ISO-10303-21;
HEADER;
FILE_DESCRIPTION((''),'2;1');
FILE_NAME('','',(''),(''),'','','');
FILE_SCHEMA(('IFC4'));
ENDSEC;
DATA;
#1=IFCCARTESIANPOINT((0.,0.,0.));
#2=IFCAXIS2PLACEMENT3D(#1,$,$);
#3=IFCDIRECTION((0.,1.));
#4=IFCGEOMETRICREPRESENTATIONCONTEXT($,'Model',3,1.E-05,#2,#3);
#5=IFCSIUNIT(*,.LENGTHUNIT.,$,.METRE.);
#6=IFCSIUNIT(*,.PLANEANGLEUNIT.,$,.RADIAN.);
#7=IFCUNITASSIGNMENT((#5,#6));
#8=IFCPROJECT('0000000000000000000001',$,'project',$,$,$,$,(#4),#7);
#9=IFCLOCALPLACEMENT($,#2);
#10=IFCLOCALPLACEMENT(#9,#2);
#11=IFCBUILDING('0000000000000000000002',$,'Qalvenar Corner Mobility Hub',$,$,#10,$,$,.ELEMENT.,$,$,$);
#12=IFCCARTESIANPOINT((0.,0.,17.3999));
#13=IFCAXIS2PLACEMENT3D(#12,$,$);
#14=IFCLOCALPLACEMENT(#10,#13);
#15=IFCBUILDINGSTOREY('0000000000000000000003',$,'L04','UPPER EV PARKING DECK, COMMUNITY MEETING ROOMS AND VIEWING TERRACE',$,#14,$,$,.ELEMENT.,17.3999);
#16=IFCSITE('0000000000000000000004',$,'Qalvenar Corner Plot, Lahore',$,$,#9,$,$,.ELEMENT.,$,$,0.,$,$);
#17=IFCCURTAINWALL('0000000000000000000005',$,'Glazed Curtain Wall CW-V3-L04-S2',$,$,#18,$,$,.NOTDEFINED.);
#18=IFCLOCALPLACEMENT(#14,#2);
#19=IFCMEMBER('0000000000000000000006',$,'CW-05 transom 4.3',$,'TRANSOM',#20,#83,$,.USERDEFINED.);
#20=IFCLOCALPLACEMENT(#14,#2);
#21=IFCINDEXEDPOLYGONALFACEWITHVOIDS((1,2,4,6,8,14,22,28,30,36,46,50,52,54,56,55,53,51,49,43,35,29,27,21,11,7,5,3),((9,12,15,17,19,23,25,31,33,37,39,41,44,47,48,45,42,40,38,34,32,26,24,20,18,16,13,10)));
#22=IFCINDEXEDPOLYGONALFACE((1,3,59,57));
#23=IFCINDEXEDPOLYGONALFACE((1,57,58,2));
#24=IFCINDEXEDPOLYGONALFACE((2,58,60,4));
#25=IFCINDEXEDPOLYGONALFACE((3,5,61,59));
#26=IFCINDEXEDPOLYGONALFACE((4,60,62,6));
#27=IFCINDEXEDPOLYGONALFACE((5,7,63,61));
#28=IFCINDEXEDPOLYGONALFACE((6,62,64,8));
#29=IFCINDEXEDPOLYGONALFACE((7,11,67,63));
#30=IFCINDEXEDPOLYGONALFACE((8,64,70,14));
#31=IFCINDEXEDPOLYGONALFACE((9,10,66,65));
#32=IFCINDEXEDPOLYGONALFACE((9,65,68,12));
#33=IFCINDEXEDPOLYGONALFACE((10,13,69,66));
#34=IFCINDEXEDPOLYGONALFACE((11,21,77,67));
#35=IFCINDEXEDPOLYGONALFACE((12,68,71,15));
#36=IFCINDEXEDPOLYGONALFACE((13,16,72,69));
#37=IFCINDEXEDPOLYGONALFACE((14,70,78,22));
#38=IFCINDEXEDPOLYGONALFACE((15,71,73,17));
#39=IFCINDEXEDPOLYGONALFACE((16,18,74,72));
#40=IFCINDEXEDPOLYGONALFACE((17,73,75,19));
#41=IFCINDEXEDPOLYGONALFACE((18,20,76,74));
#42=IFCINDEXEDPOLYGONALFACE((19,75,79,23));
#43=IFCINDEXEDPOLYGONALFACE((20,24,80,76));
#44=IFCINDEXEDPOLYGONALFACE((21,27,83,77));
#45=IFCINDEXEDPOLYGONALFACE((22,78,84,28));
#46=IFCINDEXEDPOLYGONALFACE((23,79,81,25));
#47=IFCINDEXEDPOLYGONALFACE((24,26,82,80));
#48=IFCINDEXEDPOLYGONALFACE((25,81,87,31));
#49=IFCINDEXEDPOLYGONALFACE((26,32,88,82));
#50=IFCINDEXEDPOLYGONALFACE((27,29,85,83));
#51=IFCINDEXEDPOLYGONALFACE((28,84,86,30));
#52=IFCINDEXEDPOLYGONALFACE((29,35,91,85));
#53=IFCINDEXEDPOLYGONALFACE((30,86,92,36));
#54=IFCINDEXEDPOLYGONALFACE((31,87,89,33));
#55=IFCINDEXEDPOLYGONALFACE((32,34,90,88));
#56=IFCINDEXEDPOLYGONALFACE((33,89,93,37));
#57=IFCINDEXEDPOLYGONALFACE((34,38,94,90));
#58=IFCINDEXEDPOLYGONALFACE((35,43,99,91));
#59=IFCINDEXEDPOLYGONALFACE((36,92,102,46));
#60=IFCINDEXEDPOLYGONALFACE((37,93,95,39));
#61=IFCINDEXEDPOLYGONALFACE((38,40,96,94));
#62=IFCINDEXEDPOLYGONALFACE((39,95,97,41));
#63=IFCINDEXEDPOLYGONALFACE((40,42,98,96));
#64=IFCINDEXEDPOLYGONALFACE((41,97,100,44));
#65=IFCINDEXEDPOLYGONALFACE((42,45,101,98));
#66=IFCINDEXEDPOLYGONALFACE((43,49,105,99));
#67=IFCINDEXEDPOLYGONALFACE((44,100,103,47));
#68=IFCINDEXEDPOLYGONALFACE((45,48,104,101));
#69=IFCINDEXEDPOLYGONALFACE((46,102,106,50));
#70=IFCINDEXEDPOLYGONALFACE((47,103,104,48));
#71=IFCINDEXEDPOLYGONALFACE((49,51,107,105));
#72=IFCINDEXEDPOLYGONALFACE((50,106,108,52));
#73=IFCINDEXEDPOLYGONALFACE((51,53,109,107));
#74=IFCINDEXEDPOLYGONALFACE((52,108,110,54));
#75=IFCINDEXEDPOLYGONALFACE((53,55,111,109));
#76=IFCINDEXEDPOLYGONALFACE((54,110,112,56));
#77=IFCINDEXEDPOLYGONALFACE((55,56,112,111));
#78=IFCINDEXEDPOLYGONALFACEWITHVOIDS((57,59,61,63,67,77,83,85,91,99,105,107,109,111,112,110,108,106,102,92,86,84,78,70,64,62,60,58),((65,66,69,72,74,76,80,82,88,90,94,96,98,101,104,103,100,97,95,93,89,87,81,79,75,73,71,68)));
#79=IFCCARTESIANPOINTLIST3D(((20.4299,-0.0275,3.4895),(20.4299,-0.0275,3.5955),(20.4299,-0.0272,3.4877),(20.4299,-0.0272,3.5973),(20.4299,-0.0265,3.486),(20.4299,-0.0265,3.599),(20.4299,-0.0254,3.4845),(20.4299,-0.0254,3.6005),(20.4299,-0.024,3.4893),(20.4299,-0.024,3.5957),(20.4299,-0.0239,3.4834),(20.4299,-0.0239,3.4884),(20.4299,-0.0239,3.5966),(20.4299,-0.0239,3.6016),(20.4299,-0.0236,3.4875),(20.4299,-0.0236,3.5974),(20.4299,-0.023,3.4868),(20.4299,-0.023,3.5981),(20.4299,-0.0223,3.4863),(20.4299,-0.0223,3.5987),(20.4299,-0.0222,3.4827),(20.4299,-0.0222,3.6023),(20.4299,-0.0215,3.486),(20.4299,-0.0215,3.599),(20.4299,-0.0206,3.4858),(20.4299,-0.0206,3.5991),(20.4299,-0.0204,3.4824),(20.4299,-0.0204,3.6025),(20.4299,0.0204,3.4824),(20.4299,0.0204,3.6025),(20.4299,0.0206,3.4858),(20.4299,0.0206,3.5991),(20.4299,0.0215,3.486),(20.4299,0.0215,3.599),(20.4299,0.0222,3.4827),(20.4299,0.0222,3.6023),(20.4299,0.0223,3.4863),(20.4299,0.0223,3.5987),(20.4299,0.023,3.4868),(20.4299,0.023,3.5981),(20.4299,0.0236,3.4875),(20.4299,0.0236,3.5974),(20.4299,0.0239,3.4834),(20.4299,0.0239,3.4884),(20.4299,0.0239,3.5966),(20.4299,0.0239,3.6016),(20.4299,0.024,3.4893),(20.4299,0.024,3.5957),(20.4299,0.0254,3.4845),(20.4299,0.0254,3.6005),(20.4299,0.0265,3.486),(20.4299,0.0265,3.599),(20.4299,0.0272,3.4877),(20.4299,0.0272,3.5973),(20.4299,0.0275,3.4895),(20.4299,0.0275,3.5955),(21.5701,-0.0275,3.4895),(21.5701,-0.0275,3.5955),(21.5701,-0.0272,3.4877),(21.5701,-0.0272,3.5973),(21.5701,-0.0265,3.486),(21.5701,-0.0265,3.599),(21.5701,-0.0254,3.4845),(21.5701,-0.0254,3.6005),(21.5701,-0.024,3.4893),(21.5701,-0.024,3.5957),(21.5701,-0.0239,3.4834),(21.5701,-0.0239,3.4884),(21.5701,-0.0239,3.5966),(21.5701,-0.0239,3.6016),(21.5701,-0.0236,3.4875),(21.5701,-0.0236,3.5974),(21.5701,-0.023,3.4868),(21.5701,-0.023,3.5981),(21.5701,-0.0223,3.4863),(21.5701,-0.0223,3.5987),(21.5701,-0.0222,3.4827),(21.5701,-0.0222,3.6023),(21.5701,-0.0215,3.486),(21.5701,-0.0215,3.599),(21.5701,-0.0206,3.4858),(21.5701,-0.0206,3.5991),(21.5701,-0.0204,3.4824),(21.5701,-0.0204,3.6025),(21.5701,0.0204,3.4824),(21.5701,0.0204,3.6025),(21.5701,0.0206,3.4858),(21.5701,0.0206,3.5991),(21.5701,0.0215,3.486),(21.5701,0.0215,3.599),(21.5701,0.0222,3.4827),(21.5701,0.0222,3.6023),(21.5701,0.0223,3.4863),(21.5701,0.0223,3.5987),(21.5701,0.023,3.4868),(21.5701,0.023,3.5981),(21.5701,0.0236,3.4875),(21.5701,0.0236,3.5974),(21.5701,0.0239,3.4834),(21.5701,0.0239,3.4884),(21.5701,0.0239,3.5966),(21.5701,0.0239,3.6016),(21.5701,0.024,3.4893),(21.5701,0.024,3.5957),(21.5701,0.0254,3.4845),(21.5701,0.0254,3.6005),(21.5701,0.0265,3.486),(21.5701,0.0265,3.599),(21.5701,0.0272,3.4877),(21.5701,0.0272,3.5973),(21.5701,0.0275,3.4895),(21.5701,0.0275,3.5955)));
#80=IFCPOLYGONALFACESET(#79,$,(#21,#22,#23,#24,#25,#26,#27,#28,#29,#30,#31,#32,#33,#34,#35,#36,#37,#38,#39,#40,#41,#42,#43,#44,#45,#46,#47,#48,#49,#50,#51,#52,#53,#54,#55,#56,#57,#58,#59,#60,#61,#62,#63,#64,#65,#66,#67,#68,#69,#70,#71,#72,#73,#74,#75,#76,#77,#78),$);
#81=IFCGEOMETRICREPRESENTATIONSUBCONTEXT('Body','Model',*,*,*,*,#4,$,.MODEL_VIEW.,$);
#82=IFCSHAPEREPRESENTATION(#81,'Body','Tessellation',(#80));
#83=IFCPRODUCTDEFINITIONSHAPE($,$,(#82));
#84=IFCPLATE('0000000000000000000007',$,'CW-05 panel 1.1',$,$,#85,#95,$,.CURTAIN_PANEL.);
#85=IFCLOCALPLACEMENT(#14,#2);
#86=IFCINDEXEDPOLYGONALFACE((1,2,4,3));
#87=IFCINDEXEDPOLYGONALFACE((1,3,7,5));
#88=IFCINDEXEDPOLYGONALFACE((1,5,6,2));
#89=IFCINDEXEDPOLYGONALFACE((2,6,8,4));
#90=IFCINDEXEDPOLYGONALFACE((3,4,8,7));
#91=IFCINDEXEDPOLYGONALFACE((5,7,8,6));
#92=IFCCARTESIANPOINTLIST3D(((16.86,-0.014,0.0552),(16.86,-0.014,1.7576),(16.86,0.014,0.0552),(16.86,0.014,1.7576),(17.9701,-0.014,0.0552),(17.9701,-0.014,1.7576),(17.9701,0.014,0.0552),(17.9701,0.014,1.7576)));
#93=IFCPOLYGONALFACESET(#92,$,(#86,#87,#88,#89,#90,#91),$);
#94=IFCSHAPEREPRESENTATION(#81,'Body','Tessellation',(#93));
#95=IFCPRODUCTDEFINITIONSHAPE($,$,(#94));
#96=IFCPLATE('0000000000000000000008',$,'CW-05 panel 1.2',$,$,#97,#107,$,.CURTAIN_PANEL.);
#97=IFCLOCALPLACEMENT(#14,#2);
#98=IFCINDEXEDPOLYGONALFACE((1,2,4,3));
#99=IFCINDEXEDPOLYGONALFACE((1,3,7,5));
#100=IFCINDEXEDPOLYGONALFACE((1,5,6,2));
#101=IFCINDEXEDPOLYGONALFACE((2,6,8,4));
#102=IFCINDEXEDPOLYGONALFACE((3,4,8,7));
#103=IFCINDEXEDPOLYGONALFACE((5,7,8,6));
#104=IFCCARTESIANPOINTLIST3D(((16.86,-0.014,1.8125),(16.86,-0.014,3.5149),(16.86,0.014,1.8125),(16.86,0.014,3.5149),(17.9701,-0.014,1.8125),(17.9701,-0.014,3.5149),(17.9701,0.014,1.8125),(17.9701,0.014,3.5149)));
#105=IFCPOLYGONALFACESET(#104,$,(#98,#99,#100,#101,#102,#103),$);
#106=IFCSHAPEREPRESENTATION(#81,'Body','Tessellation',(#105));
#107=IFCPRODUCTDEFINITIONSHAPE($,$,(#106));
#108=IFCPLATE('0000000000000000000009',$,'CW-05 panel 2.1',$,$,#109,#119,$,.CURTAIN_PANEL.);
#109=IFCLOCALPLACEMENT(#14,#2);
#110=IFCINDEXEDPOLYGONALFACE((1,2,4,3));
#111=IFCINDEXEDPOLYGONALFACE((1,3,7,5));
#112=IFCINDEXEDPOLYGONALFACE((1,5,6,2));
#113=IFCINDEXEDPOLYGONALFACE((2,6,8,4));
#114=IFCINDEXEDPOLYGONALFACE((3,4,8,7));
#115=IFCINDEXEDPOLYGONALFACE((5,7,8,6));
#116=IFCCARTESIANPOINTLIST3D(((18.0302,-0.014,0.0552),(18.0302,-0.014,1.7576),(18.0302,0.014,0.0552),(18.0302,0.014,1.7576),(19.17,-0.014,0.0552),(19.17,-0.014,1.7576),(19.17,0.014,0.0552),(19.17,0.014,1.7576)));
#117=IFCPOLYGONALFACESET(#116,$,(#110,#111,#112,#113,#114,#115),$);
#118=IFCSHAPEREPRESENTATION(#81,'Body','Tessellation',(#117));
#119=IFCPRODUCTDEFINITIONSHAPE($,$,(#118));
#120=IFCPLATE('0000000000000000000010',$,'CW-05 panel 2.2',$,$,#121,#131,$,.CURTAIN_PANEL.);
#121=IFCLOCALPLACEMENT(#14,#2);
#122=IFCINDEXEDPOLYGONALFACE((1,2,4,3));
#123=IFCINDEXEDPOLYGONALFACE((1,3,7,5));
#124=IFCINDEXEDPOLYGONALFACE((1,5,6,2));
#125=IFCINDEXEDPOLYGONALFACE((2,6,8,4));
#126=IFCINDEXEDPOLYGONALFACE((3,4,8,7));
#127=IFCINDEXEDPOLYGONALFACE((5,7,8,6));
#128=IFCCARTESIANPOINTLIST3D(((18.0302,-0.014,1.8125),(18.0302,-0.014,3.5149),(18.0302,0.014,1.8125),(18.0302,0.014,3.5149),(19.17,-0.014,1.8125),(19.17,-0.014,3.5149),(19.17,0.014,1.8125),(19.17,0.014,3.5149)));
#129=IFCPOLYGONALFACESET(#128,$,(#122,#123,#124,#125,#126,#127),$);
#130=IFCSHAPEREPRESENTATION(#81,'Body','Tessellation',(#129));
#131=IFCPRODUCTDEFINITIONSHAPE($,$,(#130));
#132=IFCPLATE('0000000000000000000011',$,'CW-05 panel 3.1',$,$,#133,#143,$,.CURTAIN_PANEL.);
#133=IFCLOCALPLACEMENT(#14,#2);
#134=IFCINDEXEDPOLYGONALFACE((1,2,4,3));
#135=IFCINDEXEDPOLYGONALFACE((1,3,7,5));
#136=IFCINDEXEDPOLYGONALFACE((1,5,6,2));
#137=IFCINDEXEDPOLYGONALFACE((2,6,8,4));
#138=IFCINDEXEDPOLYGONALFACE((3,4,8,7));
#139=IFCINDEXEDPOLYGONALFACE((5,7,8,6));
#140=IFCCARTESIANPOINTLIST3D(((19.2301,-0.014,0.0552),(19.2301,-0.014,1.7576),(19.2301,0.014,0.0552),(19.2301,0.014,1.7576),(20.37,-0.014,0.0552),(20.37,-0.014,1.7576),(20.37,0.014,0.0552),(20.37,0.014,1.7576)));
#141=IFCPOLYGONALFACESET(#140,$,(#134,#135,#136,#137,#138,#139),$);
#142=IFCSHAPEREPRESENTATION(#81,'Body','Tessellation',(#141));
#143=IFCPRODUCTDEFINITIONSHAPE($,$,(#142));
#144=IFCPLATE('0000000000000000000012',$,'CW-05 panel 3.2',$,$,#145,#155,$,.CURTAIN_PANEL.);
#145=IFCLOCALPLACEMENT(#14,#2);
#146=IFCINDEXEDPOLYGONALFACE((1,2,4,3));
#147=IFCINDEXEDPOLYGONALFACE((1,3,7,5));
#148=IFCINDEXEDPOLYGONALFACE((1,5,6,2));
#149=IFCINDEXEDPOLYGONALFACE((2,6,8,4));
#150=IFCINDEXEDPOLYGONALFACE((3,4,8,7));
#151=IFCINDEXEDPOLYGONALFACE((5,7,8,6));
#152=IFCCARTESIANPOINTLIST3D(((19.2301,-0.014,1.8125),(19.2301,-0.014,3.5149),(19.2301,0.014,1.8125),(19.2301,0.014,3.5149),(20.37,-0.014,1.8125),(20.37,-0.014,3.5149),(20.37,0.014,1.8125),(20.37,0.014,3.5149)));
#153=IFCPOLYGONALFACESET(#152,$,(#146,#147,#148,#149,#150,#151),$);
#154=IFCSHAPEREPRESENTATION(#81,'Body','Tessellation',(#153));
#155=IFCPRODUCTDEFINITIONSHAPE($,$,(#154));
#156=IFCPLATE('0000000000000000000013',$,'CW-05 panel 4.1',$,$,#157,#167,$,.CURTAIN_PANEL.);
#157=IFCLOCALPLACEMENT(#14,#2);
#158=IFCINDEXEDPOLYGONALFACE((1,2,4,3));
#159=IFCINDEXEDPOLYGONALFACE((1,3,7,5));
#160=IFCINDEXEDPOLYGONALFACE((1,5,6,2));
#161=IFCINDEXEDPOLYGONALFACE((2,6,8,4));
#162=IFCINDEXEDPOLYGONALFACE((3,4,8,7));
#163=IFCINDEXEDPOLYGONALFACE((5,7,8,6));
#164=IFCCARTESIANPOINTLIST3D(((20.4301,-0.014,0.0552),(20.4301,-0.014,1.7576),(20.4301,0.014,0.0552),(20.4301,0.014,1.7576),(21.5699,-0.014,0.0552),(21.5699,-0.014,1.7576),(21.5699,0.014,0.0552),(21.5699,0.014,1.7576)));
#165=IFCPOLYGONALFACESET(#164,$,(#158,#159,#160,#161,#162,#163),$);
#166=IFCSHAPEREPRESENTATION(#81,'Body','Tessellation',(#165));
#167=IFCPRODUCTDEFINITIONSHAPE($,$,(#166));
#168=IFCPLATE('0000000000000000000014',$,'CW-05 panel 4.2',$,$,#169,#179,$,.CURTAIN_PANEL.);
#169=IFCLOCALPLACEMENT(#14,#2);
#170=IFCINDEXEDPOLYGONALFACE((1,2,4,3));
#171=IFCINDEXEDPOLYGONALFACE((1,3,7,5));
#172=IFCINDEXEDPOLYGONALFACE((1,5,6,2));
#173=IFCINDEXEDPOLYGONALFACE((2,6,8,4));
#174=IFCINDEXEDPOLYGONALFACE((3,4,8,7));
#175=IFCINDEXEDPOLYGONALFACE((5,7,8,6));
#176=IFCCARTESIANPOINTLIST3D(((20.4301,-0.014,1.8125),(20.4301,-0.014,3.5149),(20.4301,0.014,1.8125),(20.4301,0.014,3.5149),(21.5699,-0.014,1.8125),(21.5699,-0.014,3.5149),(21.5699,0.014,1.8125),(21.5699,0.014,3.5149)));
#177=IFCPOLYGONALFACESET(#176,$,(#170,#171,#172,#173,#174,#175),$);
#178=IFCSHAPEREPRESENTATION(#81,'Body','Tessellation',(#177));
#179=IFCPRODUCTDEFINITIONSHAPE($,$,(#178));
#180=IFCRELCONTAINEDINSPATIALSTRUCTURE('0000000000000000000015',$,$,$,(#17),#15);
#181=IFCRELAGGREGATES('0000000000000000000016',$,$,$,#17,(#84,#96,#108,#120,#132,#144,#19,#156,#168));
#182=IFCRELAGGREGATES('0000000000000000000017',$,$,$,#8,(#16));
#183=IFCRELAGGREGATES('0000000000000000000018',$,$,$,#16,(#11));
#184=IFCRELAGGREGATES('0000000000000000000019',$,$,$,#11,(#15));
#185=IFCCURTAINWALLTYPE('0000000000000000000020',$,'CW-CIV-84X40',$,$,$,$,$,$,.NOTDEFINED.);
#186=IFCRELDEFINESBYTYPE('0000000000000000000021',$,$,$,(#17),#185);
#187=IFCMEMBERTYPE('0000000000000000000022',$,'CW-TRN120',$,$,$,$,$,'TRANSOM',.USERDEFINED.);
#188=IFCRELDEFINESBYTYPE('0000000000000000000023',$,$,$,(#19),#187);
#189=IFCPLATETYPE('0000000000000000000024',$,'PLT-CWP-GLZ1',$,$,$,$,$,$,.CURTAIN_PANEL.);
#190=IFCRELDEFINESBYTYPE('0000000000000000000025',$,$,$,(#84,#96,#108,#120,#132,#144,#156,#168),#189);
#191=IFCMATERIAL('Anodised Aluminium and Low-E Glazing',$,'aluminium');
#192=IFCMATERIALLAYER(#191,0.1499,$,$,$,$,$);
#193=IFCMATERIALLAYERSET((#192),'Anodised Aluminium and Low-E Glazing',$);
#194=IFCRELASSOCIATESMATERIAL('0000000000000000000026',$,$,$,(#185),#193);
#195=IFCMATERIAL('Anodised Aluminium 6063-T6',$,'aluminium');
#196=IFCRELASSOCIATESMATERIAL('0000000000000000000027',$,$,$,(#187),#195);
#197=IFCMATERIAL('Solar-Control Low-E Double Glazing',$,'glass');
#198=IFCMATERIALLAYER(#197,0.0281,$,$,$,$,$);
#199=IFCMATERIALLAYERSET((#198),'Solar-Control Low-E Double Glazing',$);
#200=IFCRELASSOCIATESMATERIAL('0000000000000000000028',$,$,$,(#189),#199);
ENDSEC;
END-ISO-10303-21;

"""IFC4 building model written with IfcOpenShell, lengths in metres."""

from ifc_helpers import new_model, si_unit, direction, frame, origin, origin_2d, place, context, subcontext, project, spatial, rectangle, hollow_rectangle, extrude, material, layer, layer_set, material_profile, profile_set, type_object, element, aggregate, save


model = new_model("IFC4")

# Units and contexts
model_context = context("Model", 3, precision=1e-05, world=origin(), true_north=direction((0.0, 1.0)))
body_context = subcontext(model_context, "Body", "Model", "MODEL_VIEW")
ifc_project = project(units=[si_unit("LENGTHUNIT", "METRE"), si_unit("PLANEANGLEUNIT", "RADIAN")], contexts=[model_context])

# Site, building, storey
site_placement = place(None, origin())
site = spatial("IfcSite", under=ifc_project, at=site_placement, Name="Qalvenar Corner Plot, Lahore", CompositionType="ELEMENT", RefElevation=0.0)
building_placement = place(site_placement, origin())
building = spatial("IfcBuilding", under=site, at=building_placement, Name="Qalvenar Corner Mobility Hub", CompositionType="ELEMENT")
storey_placement = place(building_placement, frame((0.0, 0.0, 17.3999)))
storey = spatial("IfcBuildingStorey", under=building, at=storey_placement, Name="L04", Description="UPPER EV PARKING DECK, COMMUNITY MEETING ROOMS AND VIEWING TERRACE", CompositionType="ELEMENT", Elevation=17.3999)

# Curtain wall, member, plates
ifc_material_1 = material(Name="Anodised Aluminium and Low-E Glazing", Category="aluminium")
ifc_layer_1 = layer(ifc_material_1, 0.1499)
ifc_layer_set_1 = layer_set([ifc_layer_1], Name="Anodised Aluminium and Low-E Glazing")
curtain_wall_type = type_object("IfcCurtainWallType", Name="CW-CIV-84X40", PredefinedType="NOTDEFINED", material=ifc_layer_set_1)
curtain_wall_placement = place(storey_placement, origin())
curtain_wall = element("IfcCurtainWall", 1, at=curtain_wall_placement, inside=storey, type_object=curtain_wall_type, Name="Glazed Curtain Wall CW-V3-L04-S2", PredefinedType="NOTDEFINED")
ifc_material_2 = material(Name="Anodised Aluminium 6063-T6", Category="aluminium")
ifc_material_profile_1 = material_profile(ifc_material_2, hollow_rectangle(XDim=0.0549, YDim=0.1201, WallThickness=0.0034, InnerFilletRadius=0.0034, OuterFilletRadius=0.0071, at=origin_2d()), Name="RHS120x55x3.5")
ifc_profile_set_1 = profile_set([ifc_material_profile_1], Name="Anodised Aluminium 6063-T6")
member_type_1 = type_object("IfcMemberType", Name="CW-TRN120", ElementType="TRANSOM", PredefinedType="USERDEFINED", material=ifc_profile_set_1)
member_1_placement = place(storey_placement, frame((20.4299, 0.0, 3.5425), z_axis=(1.0, 0.0, 0.0), x_axis=(0.0, 1.0, 0.0)))
member_1 = element("IfcMember", 2, at=member_1_placement, type_object=member_type_1, Name="CW-05 transom 4.3", ObjectType="TRANSOM", PredefinedType="USERDEFINED", context=body_context, shape_type="SweptSolid", body=[
    extrude(hollow_rectangle(XDim=0.0549, YDim=0.1201, WallThickness=0.0034, InnerFilletRadius=0.0034, OuterFilletRadius=0.0071, at=origin_2d()), origin(), (0.0, 0.0, 1.0), 1.1401),
])
ifc_material_3 = material(Name="Solar-Control Low-E Double Glazing", Category="glass")
ifc_layer_2 = layer(ifc_material_3, 0.0281)
ifc_layer_set_2 = layer_set([ifc_layer_2], Name="Solar-Control Low-E Double Glazing")
plate_type = type_object("IfcPlateType", Name="PLT-CWP-GLZ1", PredefinedType="CURTAIN_PANEL", material=ifc_layer_set_2)
plate_1_placement = place(storey_placement, frame((17.415, 0.0, 0.0552), z_axis=(0.0, 0.0, 1.0), x_axis=(1.0, 0.0, 0.0)))
plate_1 = element("IfcPlate", 3, at=plate_1_placement, type_object=plate_type, Name="CW-05 panel 1.1", PredefinedType="CURTAIN_PANEL", context=body_context, shape_type="SweptSolid", body=[
    extrude(rectangle(XDim=1.1101, YDim=0.0281, at=origin_2d()), origin(), (0.0, 0.0, 1.0), 1.7024),
])
plate_2_placement = place(storey_placement, frame((17.415, 0.0, 1.8125), z_axis=(0.0, 0.0, 1.0), x_axis=(1.0, 0.0, 0.0)))
plate_2 = element("IfcPlate", 4, at=plate_2_placement, type_object=plate_type, Name="CW-05 panel 1.2", PredefinedType="CURTAIN_PANEL", context=body_context, shape_type="SweptSolid", body=[
    extrude(rectangle(XDim=1.1101, YDim=0.0281, at=origin_2d()), origin(), (0.0, 0.0, 1.0), 1.7024),
])
plate_3_placement = place(storey_placement, frame((18.6001, 0.0, 0.0552), z_axis=(0.0, 0.0, 1.0), x_axis=(1.0, 0.0, 0.0)))
plate_3 = element("IfcPlate", 5, at=plate_3_placement, type_object=plate_type, Name="CW-05 panel 2.1", PredefinedType="CURTAIN_PANEL", context=body_context, shape_type="SweptSolid", body=[
    extrude(rectangle(XDim=1.1399, YDim=0.0281, at=origin_2d()), origin(), (0.0, 0.0, 1.0), 1.7024),
])
plate_4_placement = place(storey_placement, frame((18.6001, 0.0, 1.8125), z_axis=(0.0, 0.0, 1.0), x_axis=(1.0, 0.0, 0.0)))
plate_4 = element("IfcPlate", 6, at=plate_4_placement, type_object=plate_type, Name="CW-05 panel 2.2", PredefinedType="CURTAIN_PANEL", context=body_context, shape_type="SweptSolid", body=[
    extrude(rectangle(XDim=1.1399, YDim=0.0281, at=origin_2d()), origin(), (0.0, 0.0, 1.0), 1.7024),
])
plate_5_placement = place(storey_placement, frame((19.8, 0.0, 0.0552), z_axis=(0.0, 0.0, 1.0), x_axis=(1.0, 0.0, 0.0)))
plate_5 = element("IfcPlate", 7, at=plate_5_placement, type_object=plate_type, Name="CW-05 panel 3.1", PredefinedType="CURTAIN_PANEL", context=body_context, shape_type="SweptSolid", body=[
    extrude(rectangle(XDim=1.1399, YDim=0.0281, at=origin_2d()), origin(), (0.0, 0.0, 1.0), 1.7024),
])
plate_6_placement = place(storey_placement, frame((19.8, 0.0, 1.8125), z_axis=(0.0, 0.0, 1.0), x_axis=(1.0, 0.0, 0.0)))
plate_6 = element("IfcPlate", 8, at=plate_6_placement, type_object=plate_type, Name="CW-05 panel 3.2", PredefinedType="CURTAIN_PANEL", context=body_context, shape_type="SweptSolid", body=[
    extrude(rectangle(XDim=1.1399, YDim=0.0281, at=origin_2d()), origin(), (0.0, 0.0, 1.0), 1.7024),
])
plate_7_placement = place(storey_placement, frame((21.0, 0.0, 0.0552), z_axis=(0.0, 0.0, 1.0), x_axis=(1.0, 0.0, 0.0)))
plate_7 = element("IfcPlate", 9, at=plate_7_placement, type_object=plate_type, Name="CW-05 panel 4.1", PredefinedType="CURTAIN_PANEL", context=body_context, shape_type="SweptSolid", body=[
    extrude(rectangle(XDim=1.1399, YDim=0.0281, at=origin_2d()), origin(), (0.0, 0.0, 1.0), 1.7024),
])
plate_8_placement = place(storey_placement, frame((21.0, 0.0, 1.8125), z_axis=(0.0, 0.0, 1.0), x_axis=(1.0, 0.0, 0.0)))
plate_8 = element("IfcPlate", 10, at=plate_8_placement, type_object=plate_type, Name="CW-05 panel 4.2", PredefinedType="CURTAIN_PANEL", context=body_context, shape_type="SweptSolid", body=[
    extrude(rectangle(XDim=1.1399, YDim=0.0281, at=origin_2d()), origin(), (0.0, 0.0, 1.0), 1.7024),
])
aggregate(curtain_wall, [plate_1, plate_2, plate_3, plate_4, plate_5, plate_6, member_1, plate_7, plate_8])

save(model, "model.ifc")
